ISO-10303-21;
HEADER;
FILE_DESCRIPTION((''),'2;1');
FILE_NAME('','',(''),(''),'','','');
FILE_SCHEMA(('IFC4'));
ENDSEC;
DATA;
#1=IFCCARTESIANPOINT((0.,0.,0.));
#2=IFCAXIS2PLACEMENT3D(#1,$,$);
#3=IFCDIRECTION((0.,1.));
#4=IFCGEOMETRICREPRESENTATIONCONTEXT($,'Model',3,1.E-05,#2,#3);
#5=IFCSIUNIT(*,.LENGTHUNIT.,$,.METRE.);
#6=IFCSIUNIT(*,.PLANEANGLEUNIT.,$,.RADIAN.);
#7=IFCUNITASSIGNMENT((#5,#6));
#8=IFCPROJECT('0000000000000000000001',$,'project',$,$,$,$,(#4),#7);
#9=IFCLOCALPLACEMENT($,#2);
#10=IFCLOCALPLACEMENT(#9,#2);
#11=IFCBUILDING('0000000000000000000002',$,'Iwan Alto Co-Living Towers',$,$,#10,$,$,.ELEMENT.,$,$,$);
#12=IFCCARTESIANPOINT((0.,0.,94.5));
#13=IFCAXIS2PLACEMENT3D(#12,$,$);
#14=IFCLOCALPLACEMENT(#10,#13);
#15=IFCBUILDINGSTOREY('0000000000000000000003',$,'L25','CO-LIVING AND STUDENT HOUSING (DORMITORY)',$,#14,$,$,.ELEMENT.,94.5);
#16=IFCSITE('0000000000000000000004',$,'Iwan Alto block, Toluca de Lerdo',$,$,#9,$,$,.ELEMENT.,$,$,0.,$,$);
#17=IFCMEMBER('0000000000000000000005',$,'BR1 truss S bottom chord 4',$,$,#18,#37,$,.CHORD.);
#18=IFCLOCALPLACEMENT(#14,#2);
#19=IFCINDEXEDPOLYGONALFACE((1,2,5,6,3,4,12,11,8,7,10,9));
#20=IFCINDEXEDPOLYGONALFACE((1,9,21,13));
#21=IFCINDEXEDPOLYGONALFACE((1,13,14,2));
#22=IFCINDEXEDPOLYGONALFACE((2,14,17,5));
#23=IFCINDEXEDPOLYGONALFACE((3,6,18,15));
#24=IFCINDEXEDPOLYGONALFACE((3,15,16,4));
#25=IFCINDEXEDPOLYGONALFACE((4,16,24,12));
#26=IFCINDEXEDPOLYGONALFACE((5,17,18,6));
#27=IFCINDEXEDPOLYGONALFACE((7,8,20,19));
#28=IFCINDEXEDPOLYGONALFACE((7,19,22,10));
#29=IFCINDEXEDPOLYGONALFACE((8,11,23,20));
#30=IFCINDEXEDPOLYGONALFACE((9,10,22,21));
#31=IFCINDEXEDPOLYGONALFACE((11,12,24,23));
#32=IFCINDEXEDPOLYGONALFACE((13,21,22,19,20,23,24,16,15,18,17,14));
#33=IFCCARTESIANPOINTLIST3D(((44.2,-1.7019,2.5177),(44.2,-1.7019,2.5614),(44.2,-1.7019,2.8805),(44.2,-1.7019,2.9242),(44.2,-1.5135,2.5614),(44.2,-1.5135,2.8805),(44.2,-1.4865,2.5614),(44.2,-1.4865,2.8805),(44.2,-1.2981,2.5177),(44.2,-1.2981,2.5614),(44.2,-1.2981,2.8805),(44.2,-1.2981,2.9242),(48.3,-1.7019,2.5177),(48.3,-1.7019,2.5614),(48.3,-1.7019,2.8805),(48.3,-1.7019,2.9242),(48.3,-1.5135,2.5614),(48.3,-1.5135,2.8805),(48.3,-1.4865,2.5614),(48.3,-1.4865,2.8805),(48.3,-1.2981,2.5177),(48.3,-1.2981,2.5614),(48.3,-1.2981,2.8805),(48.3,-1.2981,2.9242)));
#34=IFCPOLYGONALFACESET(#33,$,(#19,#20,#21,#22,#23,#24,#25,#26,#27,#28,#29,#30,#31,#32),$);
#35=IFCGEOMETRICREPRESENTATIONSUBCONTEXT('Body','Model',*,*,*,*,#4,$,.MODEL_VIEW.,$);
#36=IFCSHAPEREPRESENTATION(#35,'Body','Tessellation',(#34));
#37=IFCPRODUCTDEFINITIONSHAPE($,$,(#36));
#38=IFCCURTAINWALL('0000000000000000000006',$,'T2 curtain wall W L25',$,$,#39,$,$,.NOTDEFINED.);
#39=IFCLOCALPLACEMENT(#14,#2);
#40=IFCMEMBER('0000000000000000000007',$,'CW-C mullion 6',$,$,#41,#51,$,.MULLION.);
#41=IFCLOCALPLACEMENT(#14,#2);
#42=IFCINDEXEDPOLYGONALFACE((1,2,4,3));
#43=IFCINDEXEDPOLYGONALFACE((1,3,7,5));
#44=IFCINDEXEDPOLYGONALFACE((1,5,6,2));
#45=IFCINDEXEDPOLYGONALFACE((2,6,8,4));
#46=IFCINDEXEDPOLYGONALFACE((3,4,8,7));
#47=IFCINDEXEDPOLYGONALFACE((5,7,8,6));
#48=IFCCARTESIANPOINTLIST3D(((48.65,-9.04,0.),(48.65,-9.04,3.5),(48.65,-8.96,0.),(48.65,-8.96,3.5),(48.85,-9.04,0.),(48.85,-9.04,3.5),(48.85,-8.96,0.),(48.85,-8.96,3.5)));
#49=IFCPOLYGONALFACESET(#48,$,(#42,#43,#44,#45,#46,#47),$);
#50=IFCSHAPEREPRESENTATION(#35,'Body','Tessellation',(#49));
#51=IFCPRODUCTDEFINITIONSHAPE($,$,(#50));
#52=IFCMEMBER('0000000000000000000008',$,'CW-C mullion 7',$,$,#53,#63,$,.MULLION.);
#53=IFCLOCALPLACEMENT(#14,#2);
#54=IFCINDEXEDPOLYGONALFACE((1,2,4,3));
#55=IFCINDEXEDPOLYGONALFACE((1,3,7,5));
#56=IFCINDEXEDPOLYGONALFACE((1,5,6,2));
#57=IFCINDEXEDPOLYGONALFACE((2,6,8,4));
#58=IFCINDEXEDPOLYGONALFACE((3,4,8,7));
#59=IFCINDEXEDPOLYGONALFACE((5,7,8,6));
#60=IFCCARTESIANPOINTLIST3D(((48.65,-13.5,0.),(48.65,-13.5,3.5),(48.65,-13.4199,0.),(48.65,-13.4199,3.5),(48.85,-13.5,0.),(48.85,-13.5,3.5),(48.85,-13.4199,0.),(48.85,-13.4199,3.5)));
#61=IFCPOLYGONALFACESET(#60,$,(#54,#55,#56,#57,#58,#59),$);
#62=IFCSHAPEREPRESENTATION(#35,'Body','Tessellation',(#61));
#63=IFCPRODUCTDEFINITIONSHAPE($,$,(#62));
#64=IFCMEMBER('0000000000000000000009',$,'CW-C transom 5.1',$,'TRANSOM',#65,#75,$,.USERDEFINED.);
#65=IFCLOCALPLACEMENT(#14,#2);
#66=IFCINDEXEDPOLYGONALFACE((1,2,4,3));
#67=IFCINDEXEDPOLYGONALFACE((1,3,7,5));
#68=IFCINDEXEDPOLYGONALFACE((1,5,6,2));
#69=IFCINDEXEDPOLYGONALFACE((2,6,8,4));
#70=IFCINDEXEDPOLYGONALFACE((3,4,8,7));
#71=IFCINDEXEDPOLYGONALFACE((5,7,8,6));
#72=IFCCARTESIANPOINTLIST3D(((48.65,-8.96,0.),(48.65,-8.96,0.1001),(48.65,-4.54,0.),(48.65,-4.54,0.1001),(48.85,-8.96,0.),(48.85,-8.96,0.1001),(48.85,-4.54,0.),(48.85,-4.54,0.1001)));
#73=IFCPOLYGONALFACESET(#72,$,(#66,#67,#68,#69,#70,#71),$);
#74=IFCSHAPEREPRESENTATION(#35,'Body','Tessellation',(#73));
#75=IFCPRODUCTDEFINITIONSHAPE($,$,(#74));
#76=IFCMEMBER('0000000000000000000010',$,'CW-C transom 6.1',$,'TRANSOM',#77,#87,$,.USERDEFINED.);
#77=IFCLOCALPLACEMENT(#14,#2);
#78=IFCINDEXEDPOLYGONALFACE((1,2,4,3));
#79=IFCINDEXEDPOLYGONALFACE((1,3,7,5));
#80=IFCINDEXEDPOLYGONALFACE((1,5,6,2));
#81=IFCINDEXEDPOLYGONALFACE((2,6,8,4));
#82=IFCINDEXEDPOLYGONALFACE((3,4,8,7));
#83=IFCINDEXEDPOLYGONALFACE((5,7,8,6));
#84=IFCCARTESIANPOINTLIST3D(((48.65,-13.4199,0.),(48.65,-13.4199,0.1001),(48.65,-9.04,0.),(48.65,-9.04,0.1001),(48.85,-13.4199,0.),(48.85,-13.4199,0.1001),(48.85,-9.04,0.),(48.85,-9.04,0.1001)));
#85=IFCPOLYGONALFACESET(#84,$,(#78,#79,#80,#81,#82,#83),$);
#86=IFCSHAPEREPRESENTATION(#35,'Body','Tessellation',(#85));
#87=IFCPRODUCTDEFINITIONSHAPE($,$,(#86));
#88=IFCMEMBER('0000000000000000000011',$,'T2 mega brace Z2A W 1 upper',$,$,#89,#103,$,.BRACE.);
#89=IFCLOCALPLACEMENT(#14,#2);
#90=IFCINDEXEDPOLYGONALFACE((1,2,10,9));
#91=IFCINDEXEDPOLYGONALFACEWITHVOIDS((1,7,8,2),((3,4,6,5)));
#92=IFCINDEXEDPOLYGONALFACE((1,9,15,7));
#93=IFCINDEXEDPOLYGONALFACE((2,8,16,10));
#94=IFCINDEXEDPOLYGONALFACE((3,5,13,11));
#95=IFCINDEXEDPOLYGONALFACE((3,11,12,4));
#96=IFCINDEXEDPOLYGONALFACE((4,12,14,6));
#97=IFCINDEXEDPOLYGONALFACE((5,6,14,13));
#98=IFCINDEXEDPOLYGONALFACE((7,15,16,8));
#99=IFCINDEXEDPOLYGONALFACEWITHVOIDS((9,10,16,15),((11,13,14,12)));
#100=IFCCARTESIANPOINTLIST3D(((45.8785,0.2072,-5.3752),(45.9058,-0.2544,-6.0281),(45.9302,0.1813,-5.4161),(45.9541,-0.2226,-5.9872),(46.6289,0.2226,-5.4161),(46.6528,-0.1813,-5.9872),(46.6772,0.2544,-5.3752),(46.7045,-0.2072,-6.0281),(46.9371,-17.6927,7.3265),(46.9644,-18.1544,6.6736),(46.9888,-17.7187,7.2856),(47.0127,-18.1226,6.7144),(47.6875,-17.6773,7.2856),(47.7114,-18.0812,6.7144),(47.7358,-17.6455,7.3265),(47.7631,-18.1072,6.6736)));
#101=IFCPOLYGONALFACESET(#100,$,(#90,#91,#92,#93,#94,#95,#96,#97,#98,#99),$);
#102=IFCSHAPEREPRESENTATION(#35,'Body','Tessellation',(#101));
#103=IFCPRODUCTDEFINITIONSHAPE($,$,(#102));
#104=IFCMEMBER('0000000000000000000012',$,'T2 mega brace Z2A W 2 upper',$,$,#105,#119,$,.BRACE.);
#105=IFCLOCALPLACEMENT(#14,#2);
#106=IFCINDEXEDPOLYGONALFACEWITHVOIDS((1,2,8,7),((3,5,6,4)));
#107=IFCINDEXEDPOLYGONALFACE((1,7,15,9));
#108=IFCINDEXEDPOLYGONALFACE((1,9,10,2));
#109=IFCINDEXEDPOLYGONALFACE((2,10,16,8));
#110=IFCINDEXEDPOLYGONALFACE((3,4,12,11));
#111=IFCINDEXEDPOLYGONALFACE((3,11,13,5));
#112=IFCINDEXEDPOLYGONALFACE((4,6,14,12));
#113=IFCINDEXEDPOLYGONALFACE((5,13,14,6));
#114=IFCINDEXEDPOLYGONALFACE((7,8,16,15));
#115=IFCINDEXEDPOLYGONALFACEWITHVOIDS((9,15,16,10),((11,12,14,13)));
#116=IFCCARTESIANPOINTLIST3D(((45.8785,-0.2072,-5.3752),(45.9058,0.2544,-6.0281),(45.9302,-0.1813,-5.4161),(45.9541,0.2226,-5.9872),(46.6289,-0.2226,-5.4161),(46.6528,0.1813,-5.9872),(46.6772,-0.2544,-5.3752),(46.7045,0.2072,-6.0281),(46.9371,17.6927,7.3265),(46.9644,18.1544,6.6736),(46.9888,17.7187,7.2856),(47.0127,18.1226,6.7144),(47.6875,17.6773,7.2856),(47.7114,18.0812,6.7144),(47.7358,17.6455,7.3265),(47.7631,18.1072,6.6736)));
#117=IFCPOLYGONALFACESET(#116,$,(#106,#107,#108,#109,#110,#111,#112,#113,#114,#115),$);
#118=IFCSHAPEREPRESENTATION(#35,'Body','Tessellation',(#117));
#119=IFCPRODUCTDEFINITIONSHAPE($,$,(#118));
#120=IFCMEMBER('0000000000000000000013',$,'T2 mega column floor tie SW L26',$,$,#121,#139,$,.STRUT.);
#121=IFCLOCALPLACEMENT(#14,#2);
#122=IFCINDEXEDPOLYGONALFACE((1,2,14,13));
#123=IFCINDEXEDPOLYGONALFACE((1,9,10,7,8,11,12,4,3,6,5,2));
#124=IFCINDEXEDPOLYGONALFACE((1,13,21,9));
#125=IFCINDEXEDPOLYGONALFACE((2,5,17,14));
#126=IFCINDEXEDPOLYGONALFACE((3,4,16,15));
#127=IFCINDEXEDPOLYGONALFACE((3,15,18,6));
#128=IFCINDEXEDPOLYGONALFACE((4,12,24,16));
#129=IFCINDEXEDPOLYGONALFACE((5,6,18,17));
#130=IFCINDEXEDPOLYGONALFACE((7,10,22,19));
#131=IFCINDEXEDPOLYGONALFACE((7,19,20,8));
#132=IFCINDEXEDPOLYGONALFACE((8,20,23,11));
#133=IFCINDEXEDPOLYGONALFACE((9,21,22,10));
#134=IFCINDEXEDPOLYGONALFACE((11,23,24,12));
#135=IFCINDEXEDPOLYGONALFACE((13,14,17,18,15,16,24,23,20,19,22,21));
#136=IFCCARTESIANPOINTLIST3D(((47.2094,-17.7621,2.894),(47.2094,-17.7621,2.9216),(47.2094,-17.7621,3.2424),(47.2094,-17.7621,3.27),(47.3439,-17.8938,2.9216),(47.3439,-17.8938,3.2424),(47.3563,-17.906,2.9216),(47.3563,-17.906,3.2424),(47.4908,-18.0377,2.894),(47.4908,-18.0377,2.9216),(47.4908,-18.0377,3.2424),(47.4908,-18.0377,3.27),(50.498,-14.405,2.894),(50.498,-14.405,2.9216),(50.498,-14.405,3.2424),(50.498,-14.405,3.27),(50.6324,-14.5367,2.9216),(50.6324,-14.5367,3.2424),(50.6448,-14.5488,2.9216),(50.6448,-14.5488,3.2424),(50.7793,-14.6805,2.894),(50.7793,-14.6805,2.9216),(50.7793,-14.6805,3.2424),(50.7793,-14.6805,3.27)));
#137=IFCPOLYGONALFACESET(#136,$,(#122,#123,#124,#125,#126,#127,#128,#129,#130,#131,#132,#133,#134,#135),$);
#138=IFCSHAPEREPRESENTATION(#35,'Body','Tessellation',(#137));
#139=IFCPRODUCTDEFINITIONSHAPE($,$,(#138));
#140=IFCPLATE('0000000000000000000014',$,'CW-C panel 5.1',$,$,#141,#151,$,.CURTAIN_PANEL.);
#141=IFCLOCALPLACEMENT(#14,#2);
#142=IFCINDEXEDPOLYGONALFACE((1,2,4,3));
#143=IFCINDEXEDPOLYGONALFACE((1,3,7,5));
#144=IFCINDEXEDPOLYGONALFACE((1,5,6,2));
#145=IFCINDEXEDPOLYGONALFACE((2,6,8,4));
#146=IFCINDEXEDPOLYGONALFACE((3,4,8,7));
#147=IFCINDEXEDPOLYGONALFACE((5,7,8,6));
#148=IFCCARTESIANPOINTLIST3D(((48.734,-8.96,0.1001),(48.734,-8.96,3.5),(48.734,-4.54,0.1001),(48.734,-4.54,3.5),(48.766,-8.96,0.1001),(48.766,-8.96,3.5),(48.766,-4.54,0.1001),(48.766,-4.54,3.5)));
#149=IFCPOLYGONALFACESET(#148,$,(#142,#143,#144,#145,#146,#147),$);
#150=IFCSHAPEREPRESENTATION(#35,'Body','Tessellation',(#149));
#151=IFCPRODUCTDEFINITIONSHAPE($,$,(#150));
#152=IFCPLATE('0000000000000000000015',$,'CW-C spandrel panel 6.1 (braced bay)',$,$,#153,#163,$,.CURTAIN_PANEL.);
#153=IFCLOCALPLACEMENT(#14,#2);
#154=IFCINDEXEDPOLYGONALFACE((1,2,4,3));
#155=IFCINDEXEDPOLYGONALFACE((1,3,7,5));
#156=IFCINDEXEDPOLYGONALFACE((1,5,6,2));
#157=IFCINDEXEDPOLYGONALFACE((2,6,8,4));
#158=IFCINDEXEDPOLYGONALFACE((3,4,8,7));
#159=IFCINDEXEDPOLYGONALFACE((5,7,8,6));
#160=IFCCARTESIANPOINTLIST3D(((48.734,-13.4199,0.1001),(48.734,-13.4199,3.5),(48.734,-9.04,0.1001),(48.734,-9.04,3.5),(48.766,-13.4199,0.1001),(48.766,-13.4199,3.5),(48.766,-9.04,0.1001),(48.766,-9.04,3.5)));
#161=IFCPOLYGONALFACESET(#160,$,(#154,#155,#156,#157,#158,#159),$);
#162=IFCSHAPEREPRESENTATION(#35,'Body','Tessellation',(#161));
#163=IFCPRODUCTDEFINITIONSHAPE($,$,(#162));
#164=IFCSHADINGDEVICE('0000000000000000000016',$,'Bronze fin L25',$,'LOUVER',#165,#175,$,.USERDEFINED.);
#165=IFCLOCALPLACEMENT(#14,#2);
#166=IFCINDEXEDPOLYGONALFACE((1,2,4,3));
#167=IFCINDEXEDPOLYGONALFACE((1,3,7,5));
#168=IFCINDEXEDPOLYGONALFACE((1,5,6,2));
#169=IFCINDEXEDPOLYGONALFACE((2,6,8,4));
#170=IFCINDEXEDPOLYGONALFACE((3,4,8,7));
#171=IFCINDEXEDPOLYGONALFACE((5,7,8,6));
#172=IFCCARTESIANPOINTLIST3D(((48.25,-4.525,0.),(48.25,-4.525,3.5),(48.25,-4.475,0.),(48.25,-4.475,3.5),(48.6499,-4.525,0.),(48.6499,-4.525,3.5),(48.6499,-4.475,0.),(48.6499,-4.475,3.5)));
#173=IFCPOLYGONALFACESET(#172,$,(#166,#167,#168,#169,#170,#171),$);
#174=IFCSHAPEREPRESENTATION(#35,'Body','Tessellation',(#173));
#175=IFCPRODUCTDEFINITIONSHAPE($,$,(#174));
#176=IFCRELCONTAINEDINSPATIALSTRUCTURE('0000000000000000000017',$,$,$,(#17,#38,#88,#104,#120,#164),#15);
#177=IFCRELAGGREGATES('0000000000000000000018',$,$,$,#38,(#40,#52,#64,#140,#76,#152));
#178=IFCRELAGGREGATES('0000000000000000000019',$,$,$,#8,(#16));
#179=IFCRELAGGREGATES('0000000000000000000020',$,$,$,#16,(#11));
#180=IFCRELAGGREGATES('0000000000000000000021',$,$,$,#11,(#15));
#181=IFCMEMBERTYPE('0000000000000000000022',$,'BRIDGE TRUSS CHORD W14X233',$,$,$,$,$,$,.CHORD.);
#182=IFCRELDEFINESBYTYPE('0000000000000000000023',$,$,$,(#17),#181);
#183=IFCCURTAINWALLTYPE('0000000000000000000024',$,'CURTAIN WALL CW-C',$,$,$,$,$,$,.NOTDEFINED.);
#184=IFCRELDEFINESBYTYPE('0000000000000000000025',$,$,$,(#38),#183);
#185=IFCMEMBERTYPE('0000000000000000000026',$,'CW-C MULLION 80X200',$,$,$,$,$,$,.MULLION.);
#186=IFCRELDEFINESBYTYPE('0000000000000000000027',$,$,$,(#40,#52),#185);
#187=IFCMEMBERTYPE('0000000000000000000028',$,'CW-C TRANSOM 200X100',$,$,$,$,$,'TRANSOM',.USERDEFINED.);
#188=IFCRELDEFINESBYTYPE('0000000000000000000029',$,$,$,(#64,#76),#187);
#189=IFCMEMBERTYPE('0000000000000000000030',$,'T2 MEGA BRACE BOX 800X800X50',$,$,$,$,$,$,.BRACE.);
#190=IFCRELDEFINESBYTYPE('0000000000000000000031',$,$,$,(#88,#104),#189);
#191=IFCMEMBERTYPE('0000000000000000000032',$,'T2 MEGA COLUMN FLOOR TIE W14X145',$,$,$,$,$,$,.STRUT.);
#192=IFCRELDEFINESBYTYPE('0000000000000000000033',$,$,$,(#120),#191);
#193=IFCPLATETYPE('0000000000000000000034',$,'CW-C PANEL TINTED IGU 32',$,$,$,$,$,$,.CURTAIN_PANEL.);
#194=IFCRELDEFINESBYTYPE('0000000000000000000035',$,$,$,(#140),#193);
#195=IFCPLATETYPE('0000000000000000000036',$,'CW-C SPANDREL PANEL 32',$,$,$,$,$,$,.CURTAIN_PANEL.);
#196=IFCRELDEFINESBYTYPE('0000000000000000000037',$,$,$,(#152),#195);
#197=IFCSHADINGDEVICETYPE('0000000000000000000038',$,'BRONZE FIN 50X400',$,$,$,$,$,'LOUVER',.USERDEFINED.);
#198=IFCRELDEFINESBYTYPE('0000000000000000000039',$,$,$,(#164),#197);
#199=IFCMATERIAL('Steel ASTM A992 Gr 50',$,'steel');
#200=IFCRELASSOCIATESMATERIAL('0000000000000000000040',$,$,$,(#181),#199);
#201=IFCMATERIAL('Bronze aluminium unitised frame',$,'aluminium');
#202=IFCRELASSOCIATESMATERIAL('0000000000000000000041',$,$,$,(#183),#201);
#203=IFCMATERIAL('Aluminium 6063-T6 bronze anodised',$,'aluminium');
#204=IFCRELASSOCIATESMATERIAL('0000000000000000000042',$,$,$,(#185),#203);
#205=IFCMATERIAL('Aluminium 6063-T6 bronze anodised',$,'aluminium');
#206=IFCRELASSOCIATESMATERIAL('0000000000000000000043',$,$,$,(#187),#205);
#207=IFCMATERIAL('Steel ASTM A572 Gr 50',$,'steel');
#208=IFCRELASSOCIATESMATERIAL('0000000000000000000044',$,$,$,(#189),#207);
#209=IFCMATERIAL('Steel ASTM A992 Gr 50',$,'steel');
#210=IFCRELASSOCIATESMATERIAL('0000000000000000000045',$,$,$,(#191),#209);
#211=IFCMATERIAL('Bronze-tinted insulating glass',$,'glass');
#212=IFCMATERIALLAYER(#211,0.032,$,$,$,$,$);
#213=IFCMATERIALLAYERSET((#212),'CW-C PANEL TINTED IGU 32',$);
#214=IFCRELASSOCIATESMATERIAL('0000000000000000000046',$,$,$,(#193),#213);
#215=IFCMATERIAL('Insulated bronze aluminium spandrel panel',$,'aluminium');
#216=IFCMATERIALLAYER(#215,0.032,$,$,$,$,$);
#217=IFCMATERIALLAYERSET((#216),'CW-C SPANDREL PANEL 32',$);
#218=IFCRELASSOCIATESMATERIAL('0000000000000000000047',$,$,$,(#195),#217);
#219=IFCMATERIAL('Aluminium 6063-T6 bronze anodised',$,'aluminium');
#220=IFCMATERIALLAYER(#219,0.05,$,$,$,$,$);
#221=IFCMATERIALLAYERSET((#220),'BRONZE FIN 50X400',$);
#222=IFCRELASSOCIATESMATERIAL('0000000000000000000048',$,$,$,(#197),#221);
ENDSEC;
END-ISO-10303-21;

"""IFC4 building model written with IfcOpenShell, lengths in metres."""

from ifc_helpers import new_model, si_unit, direction, frame, origin, origin_2d, place, context, subcontext, project, spatial, rectangle, hollow_rectangle, i_section, extrude, material, layer, layer_set, material_profile, profile_set, type_object, element, aggregate, save


model = new_model("IFC4")

# Units and contexts
model_context = context("Model", 3, precision=1e-05, world=origin(), true_north=direction((0.0, 1.0)))
body_context = subcontext(model_context, "Body", "Model", "MODEL_VIEW")
ifc_project = project(units=[si_unit("LENGTHUNIT", "METRE"), si_unit("PLANEANGLEUNIT", "RADIAN")], contexts=[model_context])

# Site, building, storey
site_placement = place(None, origin())
site = spatial("IfcSite", under=ifc_project, at=site_placement, Name="Iwan Alto block, Toluca de Lerdo", CompositionType="ELEMENT", RefElevation=0.0)
building_placement = place(site_placement, origin())
building = spatial("IfcBuilding", under=site, at=building_placement, Name="Iwan Alto Co-Living Towers", CompositionType="ELEMENT")
storey_placement = place(building_placement, frame((0.0, 0.0, 94.5)))
storey = spatial("IfcBuildingStorey", under=building, at=storey_placement, Name="L25", Description="CO-LIVING AND STUDENT HOUSING (DORMITORY)", CompositionType="ELEMENT", Elevation=94.5)

# Member
ifc_material_1 = material(Name="Steel ASTM A992 Gr 50", Category="steel")
ifc_material_profile_1 = material_profile(ifc_material_1, i_section(OverallWidth=0.4038, OverallDepth=0.4065, WebThickness=0.0271, FlangeThickness=0.0437, at=origin_2d()), Name="W14X233")
ifc_profile_set_1 = profile_set([ifc_material_profile_1], Name="Steel ASTM A992 Gr 50")
member_type_1 = type_object("IfcMemberType", Name="BRIDGE TRUSS CHORD W14X233", PredefinedType="CHORD", material=ifc_profile_set_1)
member_1_placement = place(storey_placement, frame((44.2, -1.5, 2.7209), z_axis=(1.0, 0.0, 0.0), x_axis=(0.0, 1.0, 0.0)))
element("IfcMember", 1, at=member_1_placement, inside=storey, type_object=member_type_1, Name="BR1 truss S bottom chord 4", PredefinedType="CHORD", context=body_context, shape_type="SweptSolid", body=[
    extrude(i_section(OverallWidth=0.4038, OverallDepth=0.4065, WebThickness=0.0271, FlangeThickness=0.0437, at=origin_2d()), origin(), (0.0, 0.0, 1.0), 4.1001),
])

# Curtain wall, members
ifc_material_2 = material(Name="Bronze aluminium unitised frame", Category="aluminium")
curtain_wall_type = type_object("IfcCurtainWallType", Name="CURTAIN WALL CW-C", PredefinedType="NOTDEFINED", material=ifc_material_2)
curtain_wall_placement = place(storey_placement, origin())
curtain_wall = element("IfcCurtainWall", 2, at=curtain_wall_placement, inside=storey, type_object=curtain_wall_type, Name="T2 curtain wall W L25", PredefinedType="NOTDEFINED")
ifc_material_3 = material(Name="Aluminium 6063-T6 bronze anodised", Category="aluminium")
ifc_material_profile_2 = material_profile(ifc_material_3, rectangle(XDim=0.2, YDim=0.0801, at=origin_2d()), Name="AL 80X200")
ifc_profile_set_2 = profile_set([ifc_material_profile_2], Name="Aluminium 6063-T6 bronze anodised")
member_type_2 = type_object("IfcMemberType", Name="CW-C MULLION 80X200", PredefinedType="MULLION", material=ifc_profile_set_2)
member_2_placement = place(storey_placement, frame((48.75, -9.0, 0.0), z_axis=(0.0, 0.0, 1.0), x_axis=(1.0, 0.0, 0.0)))
member_2 = element("IfcMember", 3, at=member_2_placement, type_object=member_type_2, Name="CW-C mullion 6", PredefinedType="MULLION", context=body_context, shape_type="SweptSolid", body=[
    extrude(rectangle(XDim=0.2, YDim=0.0801, at=origin_2d()), origin(), (0.0, 0.0, 1.0), 3.5),
])
member_3_placement = place(storey_placement, frame((48.75, -13.46, 0.0), z_axis=(0.0, 0.0, 1.0), x_axis=(1.0, 0.0, 0.0)))
member_3 = element("IfcMember", 4, at=member_3_placement, type_object=member_type_2, Name="CW-C mullion 7", PredefinedType="MULLION", context=body_context, shape_type="SweptSolid", body=[
    extrude(rectangle(XDim=0.2, YDim=0.0801, at=origin_2d()), origin(), (0.0, 0.0, 1.0), 3.5),
])
ifc_material_4 = material(Name="Aluminium 6063-T6 bronze anodised", Category="aluminium")
ifc_material_profile_3 = material_profile(ifc_material_4, rectangle(XDim=0.2, YDim=0.1001, at=origin_2d()), Name="AL 200X100")
ifc_profile_set_3 = profile_set([ifc_material_profile_3], Name="Aluminium 6063-T6 bronze anodised")
member_type_3 = type_object("IfcMemberType", Name="CW-C TRANSOM 200X100", ElementType="TRANSOM", PredefinedType="USERDEFINED", material=ifc_profile_set_3)
member_4_placement = place(storey_placement, frame((48.75, -4.54, 0.05), z_axis=(0.0, -1.0, 0.0), x_axis=(1.0, 0.0, 0.0)))
member_4 = element("IfcMember", 5, at=member_4_placement, type_object=member_type_3, Name="CW-C transom 5.1", ObjectType="TRANSOM", PredefinedType="USERDEFINED", context=body_context, shape_type="SweptSolid", body=[
    extrude(rectangle(XDim=0.2, YDim=0.1001, at=origin_2d()), origin(), (0.0, 0.0, 1.0), 4.4199),
])
member_5_placement = place(storey_placement, frame((48.75, -9.04, 0.05), z_axis=(0.0, -1.0, 0.0), x_axis=(1.0, 0.0, 0.0)))
member_5 = element("IfcMember", 6, at=member_5_placement, type_object=member_type_3, Name="CW-C transom 6.1", ObjectType="TRANSOM", PredefinedType="USERDEFINED", context=body_context, shape_type="SweptSolid", body=[
    extrude(rectangle(XDim=0.2, YDim=0.1001, at=origin_2d()), origin(), (0.0, 0.0, 1.0), 4.3799),
])

# Members
ifc_material_5 = material(Name="Steel ASTM A572 Gr 50", Category="steel")
ifc_material_profile_4 = material_profile(ifc_material_5, hollow_rectangle(XDim=0.8, YDim=0.8, WallThickness=0.05, at=origin_2d()), Name="BOX 800X800X50")
ifc_profile_set_4 = profile_set([ifc_material_profile_4], Name="Steel ASTM A572 Gr 50")
member_type_4 = type_object("IfcMemberType", Name="T2 MEGA BRACE BOX 800X800X50", PredefinedType="BRACE", material=ifc_profile_set_4)
for number, where, z_axis, x_axis, name in (
    (7, (46.2915, 0.0, -5.7017), (0.048175, -0.814592, 0.57803), (0.998256, 0.059036, 0.0), "T2 mega brace Z2A W 1 upper"),
    (8, (46.2915, 0.0, -5.7017), (0.048175, 0.814592, 0.57803), (-0.998256, 0.059036, 0.0), "T2 mega brace Z2A W 2 upper"),
):
    element("IfcMember", number, at=place(storey_placement, frame(where, z_axis=z_axis, x_axis=x_axis)), inside=storey, type_object=member_type_4, Name=name, PredefinedType="BRACE", context=body_context, shape_type="SweptSolid", body=[
        extrude(hollow_rectangle(XDim=0.8, YDim=0.8, WallThickness=0.05, at=origin_2d()), origin(), (0.0, 0.0, 1.0), 21.9741),
    ])
ifc_material_6 = material(Name="Steel ASTM A992 Gr 50", Category="steel")
ifc_material_profile_5 = material_profile(ifc_material_6, i_section(OverallWidth=0.3938, OverallDepth=0.376, WebThickness=0.0173, FlangeThickness=0.0276, at=origin_2d()), Name="W14X145")
ifc_profile_set_5 = profile_set([ifc_material_profile_5], Name="Steel ASTM A992 Gr 50")
member_type_5 = type_object("IfcMemberType", Name="T2 MEGA COLUMN FLOOR TIE W14X145", PredefinedType="STRUT", material=ifc_profile_set_5)
member_6_placement = place(storey_placement, frame((47.3501, -17.8999, 3.082), z_axis=(0.69977, 0.714368, 0.0), x_axis=(-0.714368, 0.69977, 0.0)))
element("IfcMember", 9, at=member_6_placement, inside=storey, type_object=member_type_5, Name="T2 mega column floor tie SW L26", PredefinedType="STRUT", context=body_context, shape_type="SweptSolid", body=[
    extrude(i_section(OverallWidth=0.3938, OverallDepth=0.376, WebThickness=0.0173, FlangeThickness=0.0276, at=origin_2d()), origin(), (0.0, 0.0, 1.0), 4.6995),
])

# Plates
ifc_material_7 = material(Name="Bronze-tinted insulating glass", Category="glass")
ifc_layer_1 = layer(ifc_material_7, 0.032)
ifc_layer_set_1 = layer_set([ifc_layer_1], Name="CW-C PANEL TINTED IGU 32")
plate_type_1 = type_object("IfcPlateType", Name="CW-C PANEL TINTED IGU 32", PredefinedType="CURTAIN_PANEL", material=ifc_layer_set_1)
plate_1_placement = place(storey_placement, frame((48.75, -6.75, 0.1001), z_axis=(0.0, 0.0, 1.0), x_axis=(0.0, -1.0, 0.0)))
plate_1 = element("IfcPlate", 10, at=plate_1_placement, type_object=plate_type_1, Name="CW-C panel 5.1", PredefinedType="CURTAIN_PANEL", context=body_context, shape_type="SweptSolid", body=[
    extrude(rectangle(XDim=4.4199, YDim=0.032, at=origin_2d()), origin(), (0.0, 0.0, 1.0), 3.3999),
])
ifc_material_8 = material(Name="Insulated bronze aluminium spandrel panel", Category="aluminium")
ifc_layer_2 = layer(ifc_material_8, 0.032)
ifc_layer_set_2 = layer_set([ifc_layer_2], Name="CW-C SPANDREL PANEL 32")
plate_type_2 = type_object("IfcPlateType", Name="CW-C SPANDREL PANEL 32", PredefinedType="CURTAIN_PANEL", material=ifc_layer_set_2)
plate_2_placement = place(storey_placement, frame((48.75, -11.23, 0.1001), z_axis=(0.0, 0.0, 1.0), x_axis=(0.0, -1.0, 0.0)))
plate_2 = element("IfcPlate", 11, at=plate_2_placement, type_object=plate_type_2, Name="CW-C spandrel panel 6.1 (braced bay)", PredefinedType="CURTAIN_PANEL", context=body_context, shape_type="SweptSolid", body=[
    extrude(rectangle(XDim=4.3799, YDim=0.032, at=origin_2d()), origin(), (0.0, 0.0, 1.0), 3.3999),
])
aggregate(curtain_wall, [member_2, member_3, member_4, plate_1, member_5, plate_2])

# Shading device
ifc_material_9 = material(Name="Aluminium 6063-T6 bronze anodised", Category="aluminium")
ifc_layer_3 = layer(ifc_material_9, 0.05)
ifc_layer_set_3 = layer_set([ifc_layer_3], Name="BRONZE FIN 50X400")
shading_device_type = type_object("IfcShadingDeviceType", Name="BRONZE FIN 50X400", ElementType="LOUVER", PredefinedType="USERDEFINED", material=ifc_layer_set_3)
shading_device_placement = place(storey_placement, frame((48.45, -4.5, 0.0), z_axis=(0.0, 0.0, 1.0), x_axis=(0.0, -1.0, 0.0)))
element("IfcShadingDevice", 12, at=shading_device_placement, inside=storey, type_object=shading_device_type, Name="Bronze fin L25", ObjectType="LOUVER", PredefinedType="USERDEFINED", context=body_context, shape_type="SweptSolid", body=[
    extrude(rectangle(XDim=0.05, YDim=0.3999, at=origin_2d()), origin(), (0.0, 0.0, 1.0), 3.5),
])

save(model, "model.ifc")
